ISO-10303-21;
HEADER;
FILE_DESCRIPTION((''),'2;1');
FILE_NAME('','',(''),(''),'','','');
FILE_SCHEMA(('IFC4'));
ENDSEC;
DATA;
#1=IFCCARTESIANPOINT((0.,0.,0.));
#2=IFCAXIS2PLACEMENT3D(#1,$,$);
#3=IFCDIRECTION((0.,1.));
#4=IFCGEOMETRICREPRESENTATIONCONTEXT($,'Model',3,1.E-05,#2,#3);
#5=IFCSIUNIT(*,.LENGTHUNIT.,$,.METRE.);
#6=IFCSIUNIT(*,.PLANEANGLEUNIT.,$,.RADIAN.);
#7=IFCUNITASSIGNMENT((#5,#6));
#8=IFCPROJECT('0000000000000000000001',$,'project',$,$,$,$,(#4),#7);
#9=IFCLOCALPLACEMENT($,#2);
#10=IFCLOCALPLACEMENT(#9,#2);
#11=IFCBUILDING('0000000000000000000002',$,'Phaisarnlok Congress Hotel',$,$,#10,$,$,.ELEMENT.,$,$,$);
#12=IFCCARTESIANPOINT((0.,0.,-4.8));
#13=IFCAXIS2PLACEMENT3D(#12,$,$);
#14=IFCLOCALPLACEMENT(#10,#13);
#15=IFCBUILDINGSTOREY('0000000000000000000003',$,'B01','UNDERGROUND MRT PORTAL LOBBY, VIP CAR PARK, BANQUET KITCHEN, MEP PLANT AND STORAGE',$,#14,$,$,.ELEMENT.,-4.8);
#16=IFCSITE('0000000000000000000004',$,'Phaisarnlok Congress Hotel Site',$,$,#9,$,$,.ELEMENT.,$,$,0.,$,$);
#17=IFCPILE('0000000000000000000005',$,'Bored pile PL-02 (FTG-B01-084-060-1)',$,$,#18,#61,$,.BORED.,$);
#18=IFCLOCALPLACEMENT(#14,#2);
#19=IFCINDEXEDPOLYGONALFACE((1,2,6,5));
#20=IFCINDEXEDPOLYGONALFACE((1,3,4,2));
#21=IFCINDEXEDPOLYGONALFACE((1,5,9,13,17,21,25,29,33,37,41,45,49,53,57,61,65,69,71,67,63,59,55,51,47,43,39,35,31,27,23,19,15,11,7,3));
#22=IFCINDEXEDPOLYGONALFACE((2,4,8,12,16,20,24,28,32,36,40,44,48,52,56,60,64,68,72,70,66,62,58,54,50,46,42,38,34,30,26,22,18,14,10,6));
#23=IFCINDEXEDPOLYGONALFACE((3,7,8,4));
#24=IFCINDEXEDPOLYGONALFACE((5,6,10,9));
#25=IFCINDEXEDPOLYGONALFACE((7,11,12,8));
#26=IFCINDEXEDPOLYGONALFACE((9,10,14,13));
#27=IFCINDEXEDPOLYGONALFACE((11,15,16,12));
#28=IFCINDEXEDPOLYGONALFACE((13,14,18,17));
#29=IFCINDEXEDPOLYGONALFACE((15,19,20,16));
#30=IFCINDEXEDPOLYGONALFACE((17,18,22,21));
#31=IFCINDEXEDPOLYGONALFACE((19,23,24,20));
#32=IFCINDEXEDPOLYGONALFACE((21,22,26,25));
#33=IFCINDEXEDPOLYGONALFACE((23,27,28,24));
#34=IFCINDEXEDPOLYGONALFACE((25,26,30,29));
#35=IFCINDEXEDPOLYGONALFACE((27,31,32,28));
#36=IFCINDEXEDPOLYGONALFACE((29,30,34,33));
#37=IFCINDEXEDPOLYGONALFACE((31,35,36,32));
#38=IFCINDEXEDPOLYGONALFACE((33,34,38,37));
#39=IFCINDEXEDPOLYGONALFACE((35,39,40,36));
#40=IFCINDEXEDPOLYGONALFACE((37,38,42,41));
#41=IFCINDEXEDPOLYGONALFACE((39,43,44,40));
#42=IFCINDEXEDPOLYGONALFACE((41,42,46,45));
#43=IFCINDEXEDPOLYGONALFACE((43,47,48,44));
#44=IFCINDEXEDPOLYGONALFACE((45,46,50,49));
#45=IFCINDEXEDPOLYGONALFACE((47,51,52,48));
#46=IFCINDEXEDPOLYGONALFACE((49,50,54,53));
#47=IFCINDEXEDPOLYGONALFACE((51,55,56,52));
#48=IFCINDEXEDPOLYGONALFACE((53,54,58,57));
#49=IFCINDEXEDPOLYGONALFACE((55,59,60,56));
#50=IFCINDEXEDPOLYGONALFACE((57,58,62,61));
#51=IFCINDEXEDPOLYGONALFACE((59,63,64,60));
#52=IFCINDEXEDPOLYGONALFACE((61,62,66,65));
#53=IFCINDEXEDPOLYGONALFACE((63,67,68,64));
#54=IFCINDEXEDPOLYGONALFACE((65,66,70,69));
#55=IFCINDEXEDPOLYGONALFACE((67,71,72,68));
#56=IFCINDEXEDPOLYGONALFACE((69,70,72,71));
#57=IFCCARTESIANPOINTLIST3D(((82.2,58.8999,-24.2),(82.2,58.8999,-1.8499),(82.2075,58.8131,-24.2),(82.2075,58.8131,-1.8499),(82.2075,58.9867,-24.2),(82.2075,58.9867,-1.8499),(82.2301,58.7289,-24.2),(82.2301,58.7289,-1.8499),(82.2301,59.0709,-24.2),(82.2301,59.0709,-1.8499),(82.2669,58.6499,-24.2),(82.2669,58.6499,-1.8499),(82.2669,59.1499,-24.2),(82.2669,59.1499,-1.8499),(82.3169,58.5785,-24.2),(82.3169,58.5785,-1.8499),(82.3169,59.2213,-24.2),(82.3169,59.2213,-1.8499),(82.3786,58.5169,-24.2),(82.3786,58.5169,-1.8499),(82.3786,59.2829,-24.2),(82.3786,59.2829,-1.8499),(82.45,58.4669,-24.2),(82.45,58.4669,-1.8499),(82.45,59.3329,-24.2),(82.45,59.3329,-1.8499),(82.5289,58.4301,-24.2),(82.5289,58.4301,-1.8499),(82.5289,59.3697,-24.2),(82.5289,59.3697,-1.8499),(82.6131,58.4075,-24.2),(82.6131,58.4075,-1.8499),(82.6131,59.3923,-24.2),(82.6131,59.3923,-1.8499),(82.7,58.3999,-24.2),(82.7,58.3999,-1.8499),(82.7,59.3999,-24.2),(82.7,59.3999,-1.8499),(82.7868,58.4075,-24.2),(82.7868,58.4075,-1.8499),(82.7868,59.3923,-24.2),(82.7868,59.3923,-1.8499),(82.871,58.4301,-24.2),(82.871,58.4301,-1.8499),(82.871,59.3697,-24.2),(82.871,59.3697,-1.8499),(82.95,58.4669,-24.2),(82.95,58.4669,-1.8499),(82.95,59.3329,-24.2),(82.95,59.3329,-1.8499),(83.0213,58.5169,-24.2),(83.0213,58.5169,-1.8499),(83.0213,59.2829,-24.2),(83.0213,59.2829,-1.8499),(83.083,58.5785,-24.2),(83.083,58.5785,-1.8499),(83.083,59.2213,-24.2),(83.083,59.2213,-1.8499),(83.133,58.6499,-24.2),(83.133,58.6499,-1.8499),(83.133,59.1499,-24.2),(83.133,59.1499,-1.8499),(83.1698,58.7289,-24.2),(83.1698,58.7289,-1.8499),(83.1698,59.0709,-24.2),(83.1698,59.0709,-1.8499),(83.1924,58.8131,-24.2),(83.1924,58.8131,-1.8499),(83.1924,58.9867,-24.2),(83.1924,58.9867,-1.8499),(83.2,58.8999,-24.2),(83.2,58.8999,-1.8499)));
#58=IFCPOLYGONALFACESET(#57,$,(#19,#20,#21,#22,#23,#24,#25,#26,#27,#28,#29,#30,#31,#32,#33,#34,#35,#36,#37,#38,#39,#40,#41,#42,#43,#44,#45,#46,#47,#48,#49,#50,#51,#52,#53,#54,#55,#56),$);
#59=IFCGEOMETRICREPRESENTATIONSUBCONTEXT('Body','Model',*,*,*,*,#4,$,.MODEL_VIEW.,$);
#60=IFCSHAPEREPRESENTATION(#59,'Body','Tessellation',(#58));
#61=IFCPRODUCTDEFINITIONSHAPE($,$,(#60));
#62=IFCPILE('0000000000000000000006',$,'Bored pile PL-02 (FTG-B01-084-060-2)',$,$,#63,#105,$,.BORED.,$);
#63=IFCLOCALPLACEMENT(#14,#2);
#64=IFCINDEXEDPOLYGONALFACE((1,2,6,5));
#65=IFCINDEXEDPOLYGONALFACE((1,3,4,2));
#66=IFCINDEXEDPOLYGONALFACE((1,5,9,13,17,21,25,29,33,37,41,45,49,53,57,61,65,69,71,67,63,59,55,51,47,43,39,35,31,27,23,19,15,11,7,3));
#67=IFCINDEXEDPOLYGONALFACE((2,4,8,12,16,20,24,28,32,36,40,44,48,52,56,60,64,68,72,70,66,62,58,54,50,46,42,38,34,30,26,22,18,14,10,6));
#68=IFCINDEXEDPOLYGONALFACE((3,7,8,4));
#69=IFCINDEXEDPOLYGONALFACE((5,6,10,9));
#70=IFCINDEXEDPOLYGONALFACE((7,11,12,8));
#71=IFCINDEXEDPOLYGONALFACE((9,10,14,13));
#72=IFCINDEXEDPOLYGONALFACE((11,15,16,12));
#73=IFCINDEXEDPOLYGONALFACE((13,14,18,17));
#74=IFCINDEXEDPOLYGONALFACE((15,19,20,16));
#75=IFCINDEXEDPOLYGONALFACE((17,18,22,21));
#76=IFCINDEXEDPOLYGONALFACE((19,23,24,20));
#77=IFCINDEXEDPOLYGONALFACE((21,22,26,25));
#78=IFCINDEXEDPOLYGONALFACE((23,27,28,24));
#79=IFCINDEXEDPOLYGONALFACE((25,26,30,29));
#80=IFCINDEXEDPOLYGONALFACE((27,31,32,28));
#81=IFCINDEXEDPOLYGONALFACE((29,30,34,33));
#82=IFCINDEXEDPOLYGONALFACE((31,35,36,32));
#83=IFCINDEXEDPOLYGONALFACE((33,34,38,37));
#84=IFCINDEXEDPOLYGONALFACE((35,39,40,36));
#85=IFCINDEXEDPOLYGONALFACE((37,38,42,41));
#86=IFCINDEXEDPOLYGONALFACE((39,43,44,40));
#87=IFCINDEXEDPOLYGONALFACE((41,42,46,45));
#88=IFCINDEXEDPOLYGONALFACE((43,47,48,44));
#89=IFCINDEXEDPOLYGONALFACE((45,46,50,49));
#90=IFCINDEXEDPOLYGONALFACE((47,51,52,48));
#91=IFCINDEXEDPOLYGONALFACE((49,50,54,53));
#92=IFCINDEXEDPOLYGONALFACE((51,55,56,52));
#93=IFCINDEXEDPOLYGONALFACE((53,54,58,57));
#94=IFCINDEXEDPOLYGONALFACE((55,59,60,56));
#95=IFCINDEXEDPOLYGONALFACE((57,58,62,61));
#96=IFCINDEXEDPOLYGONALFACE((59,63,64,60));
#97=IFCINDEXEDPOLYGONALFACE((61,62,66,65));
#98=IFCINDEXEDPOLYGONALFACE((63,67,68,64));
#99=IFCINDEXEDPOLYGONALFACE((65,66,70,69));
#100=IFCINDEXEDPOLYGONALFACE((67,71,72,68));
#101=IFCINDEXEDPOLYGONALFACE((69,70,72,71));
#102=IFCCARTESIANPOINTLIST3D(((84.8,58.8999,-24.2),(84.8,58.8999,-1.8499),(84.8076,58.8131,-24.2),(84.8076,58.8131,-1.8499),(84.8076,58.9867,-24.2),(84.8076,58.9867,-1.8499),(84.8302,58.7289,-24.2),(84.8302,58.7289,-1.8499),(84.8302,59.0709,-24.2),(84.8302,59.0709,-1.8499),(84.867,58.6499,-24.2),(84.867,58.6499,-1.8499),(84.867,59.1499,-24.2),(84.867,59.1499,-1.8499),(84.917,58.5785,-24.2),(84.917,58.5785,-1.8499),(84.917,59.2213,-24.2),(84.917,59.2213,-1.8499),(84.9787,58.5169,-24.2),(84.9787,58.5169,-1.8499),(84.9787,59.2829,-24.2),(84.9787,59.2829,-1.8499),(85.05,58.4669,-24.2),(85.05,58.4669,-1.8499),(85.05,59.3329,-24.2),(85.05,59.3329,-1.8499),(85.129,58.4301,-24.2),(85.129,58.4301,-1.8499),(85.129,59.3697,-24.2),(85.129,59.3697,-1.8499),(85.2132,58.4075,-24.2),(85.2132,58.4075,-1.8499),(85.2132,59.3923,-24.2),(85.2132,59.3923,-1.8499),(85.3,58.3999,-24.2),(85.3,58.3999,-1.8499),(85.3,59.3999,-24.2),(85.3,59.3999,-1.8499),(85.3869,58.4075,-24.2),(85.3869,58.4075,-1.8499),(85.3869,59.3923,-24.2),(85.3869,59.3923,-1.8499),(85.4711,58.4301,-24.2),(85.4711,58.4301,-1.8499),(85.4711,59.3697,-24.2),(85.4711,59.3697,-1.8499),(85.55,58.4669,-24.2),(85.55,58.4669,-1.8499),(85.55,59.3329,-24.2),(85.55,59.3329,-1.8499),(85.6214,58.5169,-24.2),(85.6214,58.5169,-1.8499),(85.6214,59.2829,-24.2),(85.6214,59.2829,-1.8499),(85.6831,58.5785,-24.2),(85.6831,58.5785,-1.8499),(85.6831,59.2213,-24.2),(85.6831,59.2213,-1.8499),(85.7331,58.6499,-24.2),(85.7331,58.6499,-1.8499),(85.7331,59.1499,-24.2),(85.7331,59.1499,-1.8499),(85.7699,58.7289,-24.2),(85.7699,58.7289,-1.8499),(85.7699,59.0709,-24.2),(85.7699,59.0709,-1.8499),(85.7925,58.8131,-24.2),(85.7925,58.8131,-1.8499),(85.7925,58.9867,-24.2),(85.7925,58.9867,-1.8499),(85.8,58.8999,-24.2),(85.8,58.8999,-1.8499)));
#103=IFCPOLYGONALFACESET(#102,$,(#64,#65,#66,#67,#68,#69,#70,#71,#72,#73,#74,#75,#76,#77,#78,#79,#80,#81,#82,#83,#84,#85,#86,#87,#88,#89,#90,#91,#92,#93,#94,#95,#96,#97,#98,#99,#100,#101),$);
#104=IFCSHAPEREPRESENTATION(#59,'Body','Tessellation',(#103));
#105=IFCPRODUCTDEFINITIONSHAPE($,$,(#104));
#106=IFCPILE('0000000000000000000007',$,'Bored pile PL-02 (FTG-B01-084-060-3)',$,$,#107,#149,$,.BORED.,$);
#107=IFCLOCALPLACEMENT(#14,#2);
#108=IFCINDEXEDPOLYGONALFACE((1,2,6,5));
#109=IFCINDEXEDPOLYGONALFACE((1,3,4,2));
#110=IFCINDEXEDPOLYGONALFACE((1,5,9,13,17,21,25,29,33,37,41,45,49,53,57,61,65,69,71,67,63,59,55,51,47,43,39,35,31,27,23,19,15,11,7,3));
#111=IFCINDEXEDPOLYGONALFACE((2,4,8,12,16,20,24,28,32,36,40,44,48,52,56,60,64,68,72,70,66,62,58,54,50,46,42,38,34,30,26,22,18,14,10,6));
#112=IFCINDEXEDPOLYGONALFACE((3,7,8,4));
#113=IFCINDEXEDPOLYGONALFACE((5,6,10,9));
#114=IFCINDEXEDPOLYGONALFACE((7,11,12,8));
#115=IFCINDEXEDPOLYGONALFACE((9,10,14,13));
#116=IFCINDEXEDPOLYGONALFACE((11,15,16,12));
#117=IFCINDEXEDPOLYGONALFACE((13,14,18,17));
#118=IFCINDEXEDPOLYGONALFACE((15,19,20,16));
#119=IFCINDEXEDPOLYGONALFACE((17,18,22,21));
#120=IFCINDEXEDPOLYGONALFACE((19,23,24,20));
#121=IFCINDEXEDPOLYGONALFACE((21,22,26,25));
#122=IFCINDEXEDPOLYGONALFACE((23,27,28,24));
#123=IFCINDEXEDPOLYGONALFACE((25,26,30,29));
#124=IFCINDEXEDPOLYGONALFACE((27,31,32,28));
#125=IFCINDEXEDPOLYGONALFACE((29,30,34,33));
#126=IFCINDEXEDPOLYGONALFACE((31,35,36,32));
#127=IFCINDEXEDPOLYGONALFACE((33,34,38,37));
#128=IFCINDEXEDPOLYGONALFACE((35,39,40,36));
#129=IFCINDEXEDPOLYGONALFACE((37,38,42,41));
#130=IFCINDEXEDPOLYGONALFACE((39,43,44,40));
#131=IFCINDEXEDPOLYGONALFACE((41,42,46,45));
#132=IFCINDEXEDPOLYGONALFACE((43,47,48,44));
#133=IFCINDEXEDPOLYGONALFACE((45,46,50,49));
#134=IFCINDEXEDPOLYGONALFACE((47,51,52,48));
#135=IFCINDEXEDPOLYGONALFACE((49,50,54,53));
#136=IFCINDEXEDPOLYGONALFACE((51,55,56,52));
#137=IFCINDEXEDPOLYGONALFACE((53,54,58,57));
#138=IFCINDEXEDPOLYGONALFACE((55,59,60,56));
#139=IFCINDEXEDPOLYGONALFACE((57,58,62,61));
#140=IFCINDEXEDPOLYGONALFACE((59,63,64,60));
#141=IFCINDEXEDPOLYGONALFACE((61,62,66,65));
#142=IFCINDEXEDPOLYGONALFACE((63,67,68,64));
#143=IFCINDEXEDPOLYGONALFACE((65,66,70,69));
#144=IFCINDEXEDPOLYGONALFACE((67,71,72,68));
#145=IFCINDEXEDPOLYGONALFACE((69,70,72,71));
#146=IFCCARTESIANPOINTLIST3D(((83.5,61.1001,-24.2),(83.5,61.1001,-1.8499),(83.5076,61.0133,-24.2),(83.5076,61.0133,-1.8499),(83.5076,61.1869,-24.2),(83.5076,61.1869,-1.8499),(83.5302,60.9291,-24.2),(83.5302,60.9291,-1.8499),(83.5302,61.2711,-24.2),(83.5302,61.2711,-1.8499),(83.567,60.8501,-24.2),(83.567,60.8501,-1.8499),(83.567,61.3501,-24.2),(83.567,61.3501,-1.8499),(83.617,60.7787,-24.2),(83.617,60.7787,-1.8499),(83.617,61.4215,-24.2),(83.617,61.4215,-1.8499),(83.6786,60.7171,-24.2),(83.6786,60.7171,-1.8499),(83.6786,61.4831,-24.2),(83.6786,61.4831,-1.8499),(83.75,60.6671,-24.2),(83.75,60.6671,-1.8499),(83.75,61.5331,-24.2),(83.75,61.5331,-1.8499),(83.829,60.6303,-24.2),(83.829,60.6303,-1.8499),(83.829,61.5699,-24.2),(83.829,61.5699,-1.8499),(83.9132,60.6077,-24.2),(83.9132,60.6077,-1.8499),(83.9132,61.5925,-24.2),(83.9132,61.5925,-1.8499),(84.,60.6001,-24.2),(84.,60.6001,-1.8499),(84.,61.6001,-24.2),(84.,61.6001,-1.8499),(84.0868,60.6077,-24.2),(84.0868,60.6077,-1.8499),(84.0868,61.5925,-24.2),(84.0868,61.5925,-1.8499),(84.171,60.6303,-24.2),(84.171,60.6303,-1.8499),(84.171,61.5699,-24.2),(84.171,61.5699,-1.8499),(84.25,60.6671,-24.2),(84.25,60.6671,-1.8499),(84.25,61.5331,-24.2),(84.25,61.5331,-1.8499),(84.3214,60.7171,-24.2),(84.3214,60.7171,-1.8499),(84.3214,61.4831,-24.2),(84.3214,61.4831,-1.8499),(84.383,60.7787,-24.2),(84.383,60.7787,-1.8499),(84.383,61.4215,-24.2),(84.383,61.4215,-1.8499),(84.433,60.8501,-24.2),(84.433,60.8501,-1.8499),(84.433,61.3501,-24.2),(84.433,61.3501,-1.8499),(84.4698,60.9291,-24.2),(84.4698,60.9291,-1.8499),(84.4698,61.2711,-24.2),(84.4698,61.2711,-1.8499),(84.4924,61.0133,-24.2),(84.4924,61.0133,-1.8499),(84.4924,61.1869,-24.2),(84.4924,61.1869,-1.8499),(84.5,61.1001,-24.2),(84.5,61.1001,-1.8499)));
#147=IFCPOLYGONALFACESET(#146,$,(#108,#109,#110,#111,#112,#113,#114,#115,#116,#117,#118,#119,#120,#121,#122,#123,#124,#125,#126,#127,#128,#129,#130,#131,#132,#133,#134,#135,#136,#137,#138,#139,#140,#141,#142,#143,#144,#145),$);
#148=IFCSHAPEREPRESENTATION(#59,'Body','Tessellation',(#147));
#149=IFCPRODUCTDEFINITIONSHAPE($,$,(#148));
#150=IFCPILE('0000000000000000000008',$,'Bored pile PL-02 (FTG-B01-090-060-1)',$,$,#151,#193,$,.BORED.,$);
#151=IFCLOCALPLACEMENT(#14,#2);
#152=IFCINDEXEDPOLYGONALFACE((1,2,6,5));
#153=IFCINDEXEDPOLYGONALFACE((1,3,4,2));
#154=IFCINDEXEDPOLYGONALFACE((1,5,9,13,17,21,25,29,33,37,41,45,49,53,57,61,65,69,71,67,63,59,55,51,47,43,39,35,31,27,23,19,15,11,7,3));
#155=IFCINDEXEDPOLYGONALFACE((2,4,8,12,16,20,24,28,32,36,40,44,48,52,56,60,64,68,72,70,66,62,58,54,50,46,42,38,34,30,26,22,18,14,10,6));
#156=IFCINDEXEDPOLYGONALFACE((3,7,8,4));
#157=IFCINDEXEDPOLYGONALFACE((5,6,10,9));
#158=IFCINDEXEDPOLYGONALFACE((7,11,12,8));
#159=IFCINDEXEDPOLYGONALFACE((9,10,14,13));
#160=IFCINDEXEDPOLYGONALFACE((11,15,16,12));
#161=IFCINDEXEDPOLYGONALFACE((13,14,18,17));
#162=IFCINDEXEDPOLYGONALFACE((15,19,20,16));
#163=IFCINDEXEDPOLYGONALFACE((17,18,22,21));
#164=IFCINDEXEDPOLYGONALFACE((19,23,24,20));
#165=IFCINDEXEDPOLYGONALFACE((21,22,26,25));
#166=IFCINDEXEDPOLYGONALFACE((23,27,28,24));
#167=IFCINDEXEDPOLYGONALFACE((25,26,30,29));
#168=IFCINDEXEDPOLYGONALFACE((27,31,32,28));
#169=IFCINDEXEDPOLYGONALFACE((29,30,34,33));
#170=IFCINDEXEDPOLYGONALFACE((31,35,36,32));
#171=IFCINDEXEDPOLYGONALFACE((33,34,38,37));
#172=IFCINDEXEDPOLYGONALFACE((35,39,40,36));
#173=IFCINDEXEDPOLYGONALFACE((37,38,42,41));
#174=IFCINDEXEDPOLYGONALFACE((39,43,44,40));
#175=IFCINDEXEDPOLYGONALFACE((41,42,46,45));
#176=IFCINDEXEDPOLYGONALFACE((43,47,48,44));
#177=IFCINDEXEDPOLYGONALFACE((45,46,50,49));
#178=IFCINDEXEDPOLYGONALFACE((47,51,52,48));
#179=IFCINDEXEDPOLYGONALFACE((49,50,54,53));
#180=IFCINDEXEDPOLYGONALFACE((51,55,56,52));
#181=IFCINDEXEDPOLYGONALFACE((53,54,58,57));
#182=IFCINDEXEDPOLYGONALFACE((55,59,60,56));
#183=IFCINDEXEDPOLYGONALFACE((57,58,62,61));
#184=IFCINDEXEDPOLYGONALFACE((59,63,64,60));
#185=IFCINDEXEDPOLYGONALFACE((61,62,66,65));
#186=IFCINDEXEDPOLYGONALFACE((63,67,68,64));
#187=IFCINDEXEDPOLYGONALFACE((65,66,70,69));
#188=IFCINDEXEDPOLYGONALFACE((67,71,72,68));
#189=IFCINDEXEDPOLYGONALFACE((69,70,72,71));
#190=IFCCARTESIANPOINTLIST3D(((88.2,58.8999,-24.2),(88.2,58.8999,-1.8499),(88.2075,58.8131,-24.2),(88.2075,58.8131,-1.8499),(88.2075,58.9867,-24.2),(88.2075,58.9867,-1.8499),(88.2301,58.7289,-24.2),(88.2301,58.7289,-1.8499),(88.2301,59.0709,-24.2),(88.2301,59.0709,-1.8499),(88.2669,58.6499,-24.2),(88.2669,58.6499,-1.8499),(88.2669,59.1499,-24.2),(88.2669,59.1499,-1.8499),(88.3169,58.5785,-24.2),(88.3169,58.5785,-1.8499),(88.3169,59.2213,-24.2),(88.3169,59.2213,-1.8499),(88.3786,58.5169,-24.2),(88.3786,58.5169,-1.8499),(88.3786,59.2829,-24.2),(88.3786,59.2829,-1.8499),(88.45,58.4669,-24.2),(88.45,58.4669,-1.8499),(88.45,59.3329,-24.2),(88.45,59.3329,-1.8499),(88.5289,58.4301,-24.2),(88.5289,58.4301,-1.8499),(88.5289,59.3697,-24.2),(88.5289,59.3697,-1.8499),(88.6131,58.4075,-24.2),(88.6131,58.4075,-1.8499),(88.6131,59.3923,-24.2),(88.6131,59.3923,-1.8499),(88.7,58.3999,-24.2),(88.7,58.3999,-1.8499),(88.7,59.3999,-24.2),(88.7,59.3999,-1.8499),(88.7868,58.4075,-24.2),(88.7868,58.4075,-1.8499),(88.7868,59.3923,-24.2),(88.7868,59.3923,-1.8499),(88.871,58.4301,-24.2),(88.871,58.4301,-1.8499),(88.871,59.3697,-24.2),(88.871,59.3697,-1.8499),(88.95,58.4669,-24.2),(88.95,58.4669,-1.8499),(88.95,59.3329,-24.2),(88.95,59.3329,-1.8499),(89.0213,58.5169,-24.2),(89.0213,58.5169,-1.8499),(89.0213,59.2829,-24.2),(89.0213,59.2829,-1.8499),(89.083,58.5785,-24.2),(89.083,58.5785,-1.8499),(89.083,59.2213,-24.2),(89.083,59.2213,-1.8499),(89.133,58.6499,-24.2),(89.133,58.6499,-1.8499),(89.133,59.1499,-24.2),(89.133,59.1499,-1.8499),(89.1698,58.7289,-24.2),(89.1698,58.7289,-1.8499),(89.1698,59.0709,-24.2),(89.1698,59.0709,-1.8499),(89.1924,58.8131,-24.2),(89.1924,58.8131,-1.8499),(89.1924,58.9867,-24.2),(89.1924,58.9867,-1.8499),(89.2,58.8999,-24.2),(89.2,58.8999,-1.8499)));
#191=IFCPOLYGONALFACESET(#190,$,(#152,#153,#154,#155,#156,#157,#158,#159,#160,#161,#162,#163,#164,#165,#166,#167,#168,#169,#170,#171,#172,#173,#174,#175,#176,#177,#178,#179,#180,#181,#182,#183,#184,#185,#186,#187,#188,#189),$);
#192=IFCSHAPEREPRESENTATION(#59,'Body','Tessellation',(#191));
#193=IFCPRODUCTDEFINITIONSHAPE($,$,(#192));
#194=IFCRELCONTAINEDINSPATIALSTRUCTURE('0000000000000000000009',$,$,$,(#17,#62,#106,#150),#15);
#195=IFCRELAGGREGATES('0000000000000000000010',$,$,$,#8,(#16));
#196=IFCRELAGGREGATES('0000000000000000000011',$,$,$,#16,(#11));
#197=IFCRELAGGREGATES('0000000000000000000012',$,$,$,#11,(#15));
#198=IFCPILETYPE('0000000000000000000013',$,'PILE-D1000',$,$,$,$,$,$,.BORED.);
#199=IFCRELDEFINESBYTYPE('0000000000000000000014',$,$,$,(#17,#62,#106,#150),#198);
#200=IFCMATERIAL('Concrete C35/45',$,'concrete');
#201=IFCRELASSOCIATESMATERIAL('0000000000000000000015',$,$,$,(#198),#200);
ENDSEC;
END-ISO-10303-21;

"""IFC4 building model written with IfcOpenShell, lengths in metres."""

from ifc_helpers import new_model, si_unit, direction, frame, origin, origin_2d, place, context, subcontext, project, spatial, circle, extrude, material, material_profile, profile_set, type_object, element, save


model = new_model("IFC4")

# Units and contexts
model_context = context("Model", 3, precision=1e-05, world=origin(), true_north=direction((0.0, 1.0)))
body_context = subcontext(model_context, "Body", "Model", "MODEL_VIEW")
ifc_project = project(units=[si_unit("LENGTHUNIT", "METRE"), si_unit("PLANEANGLEUNIT", "RADIAN")], contexts=[model_context])

# Site, building, storey
site_placement = place(None, origin())
site = spatial("IfcSite", under=ifc_project, at=site_placement, Name="Phaisarnlok Congress Hotel Site", CompositionType="ELEMENT", RefElevation=0.0)
building_placement = place(site_placement, origin())
building = spatial("IfcBuilding", under=site, at=building_placement, Name="Phaisarnlok Congress Hotel", CompositionType="ELEMENT")
storey_placement = place(building_placement, frame((0.0, 0.0, -4.8)))
storey = spatial("IfcBuildingStorey", under=building, at=storey_placement, Name="B01", Description="UNDERGROUND MRT PORTAL LOBBY, VIP CAR PARK, BANQUET KITCHEN, MEP PLANT AND STORAGE", CompositionType="ELEMENT", Elevation=-4.8)

# Piles
ifc_material_1 = material(Name="Concrete C35/45", Category="concrete")
ifc_material_profile_1 = material_profile(ifc_material_1, circle(Radius=0.5, at=origin_2d()), Name="BORED PILE D1000")
ifc_profile_set_1 = profile_set([ifc_material_profile_1], Name="Concrete C35/45")
pile_type_1 = type_object("IfcPileType", Name="PILE-D1000", PredefinedType="BORED", material=ifc_profile_set_1)
for number, where, z_axis, x_axis, name in (
    (1, (82.7, 58.8999, -1.8499), (0.0, 0.0, -1.0), (1.0, 0.0, 0.0), "Bored pile PL-02 (FTG-B01-084-060-1)"),
    (2, (85.3, 58.8999, -1.8499), (0.0, 0.0, -1.0), (1.0, 0.0, 0.0), "Bored pile PL-02 (FTG-B01-084-060-2)"),
    (3, (84.0, 61.1001, -1.8499), (0.0, 0.0, -1.0), (1.0, 0.0, 0.0), "Bored pile PL-02 (FTG-B01-084-060-3)"),
    (4, (88.7, 58.8999, -1.8499), (0.0, 0.0, -1.0), (1.0, 0.0, 0.0), "Bored pile PL-02 (FTG-B01-090-060-1)"),
):
    element("IfcPile", number, at=place(storey_placement, frame(where, z_axis=z_axis, x_axis=x_axis)), inside=storey, type_object=pile_type_1, Name=name, PredefinedType="BORED", context=body_context, shape_type="SweptSolid", body=[
        extrude(circle(Radius=0.5, at=origin_2d()), origin(), (0.0, 0.0, 1.0), 22.3501),
    ])

save(model, "model.ifc")
